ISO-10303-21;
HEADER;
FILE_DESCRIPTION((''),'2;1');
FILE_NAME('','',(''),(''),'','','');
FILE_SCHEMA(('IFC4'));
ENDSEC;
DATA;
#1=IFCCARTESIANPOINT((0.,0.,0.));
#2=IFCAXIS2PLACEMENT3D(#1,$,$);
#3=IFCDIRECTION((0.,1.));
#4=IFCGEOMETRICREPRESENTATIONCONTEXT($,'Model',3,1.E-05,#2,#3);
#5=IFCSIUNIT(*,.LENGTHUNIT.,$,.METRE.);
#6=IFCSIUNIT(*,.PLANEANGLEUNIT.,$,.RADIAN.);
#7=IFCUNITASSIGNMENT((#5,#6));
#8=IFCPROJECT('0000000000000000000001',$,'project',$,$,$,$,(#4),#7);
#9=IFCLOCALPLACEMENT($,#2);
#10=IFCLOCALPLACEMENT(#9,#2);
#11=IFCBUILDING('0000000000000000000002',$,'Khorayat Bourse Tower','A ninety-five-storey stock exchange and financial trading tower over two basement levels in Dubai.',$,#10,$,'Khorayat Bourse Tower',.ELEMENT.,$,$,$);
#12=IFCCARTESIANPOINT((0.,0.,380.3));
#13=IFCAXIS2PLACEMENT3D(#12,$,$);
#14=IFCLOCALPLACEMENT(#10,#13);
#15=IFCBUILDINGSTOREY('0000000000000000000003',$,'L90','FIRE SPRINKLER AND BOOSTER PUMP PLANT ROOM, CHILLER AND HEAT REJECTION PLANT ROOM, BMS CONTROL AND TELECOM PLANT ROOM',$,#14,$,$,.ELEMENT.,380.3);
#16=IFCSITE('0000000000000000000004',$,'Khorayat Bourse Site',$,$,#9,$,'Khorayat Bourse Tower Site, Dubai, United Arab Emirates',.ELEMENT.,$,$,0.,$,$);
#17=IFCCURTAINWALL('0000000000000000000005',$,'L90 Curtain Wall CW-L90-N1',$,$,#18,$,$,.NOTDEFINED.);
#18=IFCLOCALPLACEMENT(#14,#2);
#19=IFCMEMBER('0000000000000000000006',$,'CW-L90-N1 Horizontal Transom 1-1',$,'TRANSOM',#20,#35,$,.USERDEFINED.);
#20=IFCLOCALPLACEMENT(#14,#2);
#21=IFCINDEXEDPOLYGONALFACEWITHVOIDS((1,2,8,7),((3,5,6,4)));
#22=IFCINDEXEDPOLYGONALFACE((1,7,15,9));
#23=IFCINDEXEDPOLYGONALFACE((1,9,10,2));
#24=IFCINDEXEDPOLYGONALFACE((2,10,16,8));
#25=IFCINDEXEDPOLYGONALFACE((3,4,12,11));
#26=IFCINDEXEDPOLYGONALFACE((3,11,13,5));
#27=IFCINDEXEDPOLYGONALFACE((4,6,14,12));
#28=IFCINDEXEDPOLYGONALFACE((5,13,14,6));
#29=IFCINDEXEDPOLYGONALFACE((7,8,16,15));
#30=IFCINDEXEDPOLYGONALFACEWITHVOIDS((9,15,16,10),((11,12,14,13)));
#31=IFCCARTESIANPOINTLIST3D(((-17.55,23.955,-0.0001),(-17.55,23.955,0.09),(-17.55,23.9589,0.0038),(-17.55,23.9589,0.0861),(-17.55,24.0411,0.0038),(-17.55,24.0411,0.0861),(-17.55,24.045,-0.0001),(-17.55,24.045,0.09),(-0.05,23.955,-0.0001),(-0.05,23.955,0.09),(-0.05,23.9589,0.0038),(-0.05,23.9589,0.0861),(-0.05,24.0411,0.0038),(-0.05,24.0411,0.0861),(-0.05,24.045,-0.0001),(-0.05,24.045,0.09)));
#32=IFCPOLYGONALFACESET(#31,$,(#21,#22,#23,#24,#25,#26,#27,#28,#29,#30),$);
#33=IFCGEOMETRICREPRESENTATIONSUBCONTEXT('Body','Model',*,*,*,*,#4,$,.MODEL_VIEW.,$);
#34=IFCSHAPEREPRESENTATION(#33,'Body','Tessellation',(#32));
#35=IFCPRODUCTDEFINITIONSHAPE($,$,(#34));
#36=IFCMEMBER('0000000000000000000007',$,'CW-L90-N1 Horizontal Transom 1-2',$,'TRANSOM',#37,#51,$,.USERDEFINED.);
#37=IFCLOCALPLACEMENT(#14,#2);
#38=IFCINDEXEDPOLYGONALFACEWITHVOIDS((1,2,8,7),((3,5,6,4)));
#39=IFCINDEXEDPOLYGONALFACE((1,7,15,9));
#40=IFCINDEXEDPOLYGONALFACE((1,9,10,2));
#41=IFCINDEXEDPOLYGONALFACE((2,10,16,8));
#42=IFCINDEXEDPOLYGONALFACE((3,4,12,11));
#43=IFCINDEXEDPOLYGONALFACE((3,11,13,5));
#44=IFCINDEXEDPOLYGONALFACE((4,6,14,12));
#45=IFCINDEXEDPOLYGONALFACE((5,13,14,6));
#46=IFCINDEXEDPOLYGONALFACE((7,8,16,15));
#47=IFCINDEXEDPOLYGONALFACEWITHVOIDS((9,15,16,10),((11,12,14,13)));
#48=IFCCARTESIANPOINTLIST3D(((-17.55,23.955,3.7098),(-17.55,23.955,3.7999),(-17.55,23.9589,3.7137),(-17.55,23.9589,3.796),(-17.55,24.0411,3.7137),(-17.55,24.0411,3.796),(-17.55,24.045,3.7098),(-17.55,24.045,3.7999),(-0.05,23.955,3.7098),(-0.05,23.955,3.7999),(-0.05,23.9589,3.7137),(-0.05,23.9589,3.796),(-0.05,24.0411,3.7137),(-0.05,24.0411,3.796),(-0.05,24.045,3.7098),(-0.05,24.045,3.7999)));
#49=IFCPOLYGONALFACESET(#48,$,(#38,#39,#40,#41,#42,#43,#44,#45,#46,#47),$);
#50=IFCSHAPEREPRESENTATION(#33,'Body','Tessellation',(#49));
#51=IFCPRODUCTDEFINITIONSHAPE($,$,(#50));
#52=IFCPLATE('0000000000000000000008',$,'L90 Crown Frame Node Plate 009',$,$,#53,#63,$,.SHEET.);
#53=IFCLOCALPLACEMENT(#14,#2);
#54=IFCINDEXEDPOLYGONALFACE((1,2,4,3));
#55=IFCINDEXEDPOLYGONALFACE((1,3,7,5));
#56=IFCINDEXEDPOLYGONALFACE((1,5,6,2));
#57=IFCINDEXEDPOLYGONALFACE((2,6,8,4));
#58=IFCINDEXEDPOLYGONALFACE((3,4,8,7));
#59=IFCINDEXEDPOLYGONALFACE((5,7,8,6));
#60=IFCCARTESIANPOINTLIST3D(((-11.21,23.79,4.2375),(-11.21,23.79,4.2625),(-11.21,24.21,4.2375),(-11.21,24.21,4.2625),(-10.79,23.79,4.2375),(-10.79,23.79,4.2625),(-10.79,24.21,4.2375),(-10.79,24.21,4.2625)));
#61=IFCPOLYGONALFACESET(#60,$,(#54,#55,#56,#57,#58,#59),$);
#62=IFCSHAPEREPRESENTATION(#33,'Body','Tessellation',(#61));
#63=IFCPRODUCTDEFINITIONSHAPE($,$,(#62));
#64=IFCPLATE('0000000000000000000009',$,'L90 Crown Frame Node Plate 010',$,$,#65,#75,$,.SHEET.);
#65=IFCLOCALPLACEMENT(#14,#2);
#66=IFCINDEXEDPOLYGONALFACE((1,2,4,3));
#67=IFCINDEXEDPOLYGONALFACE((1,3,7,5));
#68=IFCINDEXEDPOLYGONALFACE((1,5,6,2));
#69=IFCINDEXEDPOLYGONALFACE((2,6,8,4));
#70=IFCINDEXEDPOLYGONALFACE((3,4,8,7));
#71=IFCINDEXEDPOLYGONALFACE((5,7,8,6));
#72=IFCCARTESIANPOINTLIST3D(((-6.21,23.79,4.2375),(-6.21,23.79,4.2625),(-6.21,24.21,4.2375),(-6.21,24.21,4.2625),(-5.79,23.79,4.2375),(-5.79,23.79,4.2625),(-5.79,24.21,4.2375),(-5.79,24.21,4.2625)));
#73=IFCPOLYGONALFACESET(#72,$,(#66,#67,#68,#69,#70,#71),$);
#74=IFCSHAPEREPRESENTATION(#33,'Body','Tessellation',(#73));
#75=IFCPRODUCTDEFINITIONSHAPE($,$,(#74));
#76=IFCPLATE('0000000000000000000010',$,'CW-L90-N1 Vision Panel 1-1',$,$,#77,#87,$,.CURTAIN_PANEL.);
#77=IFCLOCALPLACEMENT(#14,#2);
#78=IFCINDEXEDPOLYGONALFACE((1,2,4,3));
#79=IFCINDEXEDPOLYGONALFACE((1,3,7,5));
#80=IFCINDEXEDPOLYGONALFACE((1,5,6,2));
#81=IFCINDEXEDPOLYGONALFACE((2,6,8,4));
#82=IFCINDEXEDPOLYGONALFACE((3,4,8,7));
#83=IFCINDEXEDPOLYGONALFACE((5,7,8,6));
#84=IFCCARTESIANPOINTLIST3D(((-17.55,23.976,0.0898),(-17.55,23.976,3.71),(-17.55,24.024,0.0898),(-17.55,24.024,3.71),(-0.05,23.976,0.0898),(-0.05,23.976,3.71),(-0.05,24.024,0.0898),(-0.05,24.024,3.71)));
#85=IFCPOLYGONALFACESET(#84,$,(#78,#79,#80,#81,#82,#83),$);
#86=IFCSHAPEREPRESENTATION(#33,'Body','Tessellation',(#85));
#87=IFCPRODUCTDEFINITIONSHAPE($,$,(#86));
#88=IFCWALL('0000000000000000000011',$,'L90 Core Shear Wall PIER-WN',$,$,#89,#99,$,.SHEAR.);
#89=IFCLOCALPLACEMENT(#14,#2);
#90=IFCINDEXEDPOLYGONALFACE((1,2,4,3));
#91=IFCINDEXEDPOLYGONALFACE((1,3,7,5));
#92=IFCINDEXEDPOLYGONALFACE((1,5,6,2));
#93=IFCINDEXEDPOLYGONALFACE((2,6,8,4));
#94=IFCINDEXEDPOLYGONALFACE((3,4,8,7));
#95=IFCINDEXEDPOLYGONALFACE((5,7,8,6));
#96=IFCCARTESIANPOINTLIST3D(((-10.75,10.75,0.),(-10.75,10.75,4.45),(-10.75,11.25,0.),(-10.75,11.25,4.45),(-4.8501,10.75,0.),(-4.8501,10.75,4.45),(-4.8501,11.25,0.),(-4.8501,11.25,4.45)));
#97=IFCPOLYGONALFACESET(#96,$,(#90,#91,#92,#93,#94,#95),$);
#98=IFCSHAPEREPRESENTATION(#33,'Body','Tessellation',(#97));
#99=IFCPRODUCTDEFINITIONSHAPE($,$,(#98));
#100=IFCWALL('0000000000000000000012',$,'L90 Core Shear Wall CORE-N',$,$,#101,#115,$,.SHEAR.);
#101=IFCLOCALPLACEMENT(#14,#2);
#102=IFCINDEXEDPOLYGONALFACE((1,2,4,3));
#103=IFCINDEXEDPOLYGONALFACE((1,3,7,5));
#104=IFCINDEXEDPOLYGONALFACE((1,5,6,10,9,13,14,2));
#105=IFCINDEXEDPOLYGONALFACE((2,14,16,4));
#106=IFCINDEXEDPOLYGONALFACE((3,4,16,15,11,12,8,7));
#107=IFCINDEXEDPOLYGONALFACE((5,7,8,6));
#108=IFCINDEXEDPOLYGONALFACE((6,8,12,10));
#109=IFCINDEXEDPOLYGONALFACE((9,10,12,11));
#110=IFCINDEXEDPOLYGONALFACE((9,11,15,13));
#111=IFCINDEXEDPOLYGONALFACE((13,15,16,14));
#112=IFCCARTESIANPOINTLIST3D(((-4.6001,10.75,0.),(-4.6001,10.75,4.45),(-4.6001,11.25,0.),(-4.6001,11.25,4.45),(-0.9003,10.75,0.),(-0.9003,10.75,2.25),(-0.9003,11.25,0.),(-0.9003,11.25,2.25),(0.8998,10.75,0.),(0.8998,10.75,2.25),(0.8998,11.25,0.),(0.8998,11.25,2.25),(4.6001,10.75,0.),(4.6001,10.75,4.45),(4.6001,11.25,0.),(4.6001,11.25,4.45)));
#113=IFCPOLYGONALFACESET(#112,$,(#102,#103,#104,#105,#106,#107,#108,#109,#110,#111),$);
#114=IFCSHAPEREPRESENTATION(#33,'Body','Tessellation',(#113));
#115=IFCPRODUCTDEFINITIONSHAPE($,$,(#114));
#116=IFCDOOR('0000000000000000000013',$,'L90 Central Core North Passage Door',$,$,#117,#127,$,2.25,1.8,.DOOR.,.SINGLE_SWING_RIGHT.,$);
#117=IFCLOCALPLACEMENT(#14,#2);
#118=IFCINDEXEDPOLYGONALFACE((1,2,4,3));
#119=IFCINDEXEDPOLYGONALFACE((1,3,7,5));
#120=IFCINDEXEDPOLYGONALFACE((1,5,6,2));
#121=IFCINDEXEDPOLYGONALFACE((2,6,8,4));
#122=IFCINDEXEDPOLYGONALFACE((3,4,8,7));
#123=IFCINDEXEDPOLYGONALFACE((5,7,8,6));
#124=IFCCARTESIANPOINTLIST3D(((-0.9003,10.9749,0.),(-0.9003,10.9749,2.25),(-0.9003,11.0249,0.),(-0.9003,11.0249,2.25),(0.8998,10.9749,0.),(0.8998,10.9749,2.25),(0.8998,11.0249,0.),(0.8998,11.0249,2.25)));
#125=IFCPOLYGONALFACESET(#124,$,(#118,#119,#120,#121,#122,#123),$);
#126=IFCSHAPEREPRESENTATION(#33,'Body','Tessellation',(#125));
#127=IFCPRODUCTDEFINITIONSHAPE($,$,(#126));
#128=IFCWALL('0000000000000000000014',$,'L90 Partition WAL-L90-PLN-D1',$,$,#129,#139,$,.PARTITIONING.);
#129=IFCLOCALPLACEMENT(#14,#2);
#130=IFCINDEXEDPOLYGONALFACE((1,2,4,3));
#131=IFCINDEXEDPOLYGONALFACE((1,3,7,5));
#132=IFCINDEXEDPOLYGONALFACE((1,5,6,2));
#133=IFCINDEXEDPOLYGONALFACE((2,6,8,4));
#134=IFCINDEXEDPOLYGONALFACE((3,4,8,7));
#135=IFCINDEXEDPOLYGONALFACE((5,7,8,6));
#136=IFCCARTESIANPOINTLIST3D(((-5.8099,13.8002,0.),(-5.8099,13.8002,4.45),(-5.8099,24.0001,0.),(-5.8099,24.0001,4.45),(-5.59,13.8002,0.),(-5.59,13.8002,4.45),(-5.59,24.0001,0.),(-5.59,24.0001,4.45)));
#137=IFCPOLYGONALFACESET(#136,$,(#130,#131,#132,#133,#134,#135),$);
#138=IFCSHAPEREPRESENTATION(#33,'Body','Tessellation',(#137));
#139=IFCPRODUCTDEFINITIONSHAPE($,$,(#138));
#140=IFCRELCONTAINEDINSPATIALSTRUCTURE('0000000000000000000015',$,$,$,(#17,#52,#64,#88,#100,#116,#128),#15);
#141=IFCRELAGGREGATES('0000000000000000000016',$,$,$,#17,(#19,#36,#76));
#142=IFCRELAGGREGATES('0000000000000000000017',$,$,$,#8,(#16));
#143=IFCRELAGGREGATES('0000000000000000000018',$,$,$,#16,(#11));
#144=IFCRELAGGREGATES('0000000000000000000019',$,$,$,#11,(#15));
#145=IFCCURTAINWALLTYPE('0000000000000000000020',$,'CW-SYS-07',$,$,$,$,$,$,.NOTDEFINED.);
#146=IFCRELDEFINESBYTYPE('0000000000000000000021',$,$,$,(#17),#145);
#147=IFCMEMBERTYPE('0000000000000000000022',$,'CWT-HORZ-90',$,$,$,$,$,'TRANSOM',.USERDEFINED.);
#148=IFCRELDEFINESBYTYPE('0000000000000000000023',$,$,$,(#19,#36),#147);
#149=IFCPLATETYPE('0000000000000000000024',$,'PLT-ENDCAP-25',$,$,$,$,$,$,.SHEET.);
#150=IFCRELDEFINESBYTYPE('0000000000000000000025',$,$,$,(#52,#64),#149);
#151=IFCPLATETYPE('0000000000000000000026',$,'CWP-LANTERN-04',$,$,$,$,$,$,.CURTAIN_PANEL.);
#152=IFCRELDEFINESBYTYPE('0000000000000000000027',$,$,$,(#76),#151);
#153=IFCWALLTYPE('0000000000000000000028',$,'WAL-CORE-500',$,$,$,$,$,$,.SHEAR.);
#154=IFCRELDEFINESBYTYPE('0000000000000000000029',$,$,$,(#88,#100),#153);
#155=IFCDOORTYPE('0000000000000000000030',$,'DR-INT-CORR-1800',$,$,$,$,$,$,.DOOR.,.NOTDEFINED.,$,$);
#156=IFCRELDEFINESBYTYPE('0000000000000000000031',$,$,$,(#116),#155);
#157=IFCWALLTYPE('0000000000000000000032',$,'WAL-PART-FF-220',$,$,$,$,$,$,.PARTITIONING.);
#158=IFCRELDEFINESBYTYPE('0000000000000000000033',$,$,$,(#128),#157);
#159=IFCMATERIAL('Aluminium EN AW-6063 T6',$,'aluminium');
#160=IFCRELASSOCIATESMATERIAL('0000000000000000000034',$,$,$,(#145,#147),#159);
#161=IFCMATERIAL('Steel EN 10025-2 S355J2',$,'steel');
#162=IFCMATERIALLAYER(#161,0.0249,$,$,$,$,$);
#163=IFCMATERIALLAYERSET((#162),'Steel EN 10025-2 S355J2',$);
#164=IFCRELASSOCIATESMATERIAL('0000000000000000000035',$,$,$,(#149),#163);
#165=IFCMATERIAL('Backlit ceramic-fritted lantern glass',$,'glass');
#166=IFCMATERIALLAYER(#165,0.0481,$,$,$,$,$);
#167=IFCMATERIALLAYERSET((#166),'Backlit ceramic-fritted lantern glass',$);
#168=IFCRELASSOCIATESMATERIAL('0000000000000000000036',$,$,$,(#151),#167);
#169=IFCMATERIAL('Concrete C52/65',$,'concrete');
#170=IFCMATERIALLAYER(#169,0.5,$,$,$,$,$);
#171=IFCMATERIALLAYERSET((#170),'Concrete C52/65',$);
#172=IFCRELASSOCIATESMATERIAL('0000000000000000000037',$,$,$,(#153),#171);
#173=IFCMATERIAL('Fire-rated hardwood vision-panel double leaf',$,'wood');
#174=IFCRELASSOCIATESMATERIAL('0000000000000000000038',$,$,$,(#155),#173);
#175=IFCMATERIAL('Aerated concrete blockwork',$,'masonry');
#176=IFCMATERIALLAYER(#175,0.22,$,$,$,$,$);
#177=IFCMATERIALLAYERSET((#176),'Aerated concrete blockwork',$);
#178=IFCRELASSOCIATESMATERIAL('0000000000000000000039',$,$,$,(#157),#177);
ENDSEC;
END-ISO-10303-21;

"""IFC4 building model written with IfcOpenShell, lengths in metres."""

from ifc_helpers import new_model, si_unit, direction, frame, frame_2d, origin, origin_2d, place, context, subcontext, project, spatial, rectangle, hollow_rectangle, extrude, source, transform, mapped, material, layer, layer_set, material_profile, profile_set, type_object, element, fill, aggregate, save


model = new_model("IFC4")

# Units and contexts
model_context = context("Model", 3, precision=1e-05, world=origin(), true_north=direction((0.0, 1.0)))
body_context = subcontext(model_context, "Body", "Model", "MODEL_VIEW")
ifc_project = project(units=[si_unit("LENGTHUNIT", "METRE"), si_unit("PLANEANGLEUNIT", "RADIAN")], contexts=[model_context])

# Site, building, storey
site_placement = place(None, origin())
site = spatial("IfcSite", under=ifc_project, at=site_placement, Name="Khorayat Bourse Site", LongName="Khorayat Bourse Tower Site, Dubai, United Arab Emirates", CompositionType="ELEMENT", RefElevation=0.0)
building_placement = place(site_placement, origin())
building = spatial("IfcBuilding", under=site, at=building_placement, Name="Khorayat Bourse Tower", Description="A ninety-five-storey stock exchange and financial trading tower over two basement levels in Dubai.", LongName="Khorayat Bourse Tower", CompositionType="ELEMENT")
storey_placement = place(building_placement, frame((0.0, 0.0, 380.3)))
storey = spatial("IfcBuildingStorey", under=building, at=storey_placement, Name="L90", Description="FIRE SPRINKLER AND BOOSTER PUMP PLANT ROOM, CHILLER AND HEAT REJECTION PLANT ROOM, BMS CONTROL AND TELECOM PLANT ROOM", CompositionType="ELEMENT", Elevation=380.3)

# Shared definitions
ifc_material_1 = material(Name="Concrete C52/65", Category="concrete")
ifc_material_2 = material(Name="Steel EN 10025-2 S355J2", Category="steel")

# Curtain wall, members
ifc_material_3 = material(Name="Aluminium EN AW-6063 T6", Category="aluminium")
curtain_wall_type = type_object("IfcCurtainWallType", Name="CW-SYS-07", PredefinedType="NOTDEFINED", material=ifc_material_3)
curtain_wall_placement = place(storey_placement, origin())
curtain_wall = element("IfcCurtainWall", 1, at=curtain_wall_placement, inside=storey, type_object=curtain_wall_type, Name="L90 Curtain Wall CW-L90-N1", PredefinedType="NOTDEFINED")
ifc_material_profile_1 = material_profile(ifc_material_3, hollow_rectangle(XDim=0.0901, YDim=0.0901, WallThickness=0.0039, at=origin_2d()), Name="ALU 90x90x4")
ifc_profile_set_1 = profile_set([ifc_material_profile_1], Name="Aluminium EN AW-6063 T6")
member_type_1 = type_object("IfcMemberType", Name="CWT-HORZ-90", ElementType="TRANSOM", PredefinedType="USERDEFINED", material=ifc_profile_set_1)
shared_shape_1 = source(origin(), body_context, "Body", "SweptSolid", [
    extrude(hollow_rectangle(XDim=0.0901, YDim=0.0901, WallThickness=0.0039, at=origin_2d()), origin(), (0.0, 0.0, 1.0), 17.5),
])
member_1_placement = place(storey_placement, frame((-17.55, 24.0, 0.0449), z_axis=(1.0, 0.0, 0.0), x_axis=(0.0, 1.0, 0.0)))
member_1 = element("IfcMember", 2, at=member_1_placement, type_object=member_type_1, Name="CW-L90-N1 Horizontal Transom 1-1", ObjectType="TRANSOM", PredefinedType="USERDEFINED", context=body_context, shape_type="MappedRepresentation", body=[
    mapped(shared_shape_1, transform((0.0, 0.0, 0.0), scale=1.0)),
])
member_2_placement = place(storey_placement, frame((-17.55, 24.0, 3.7549), z_axis=(1.0, 0.0, 0.0), x_axis=(0.0, 1.0, 0.0)))
member_2 = element("IfcMember", 3, at=member_2_placement, type_object=member_type_1, Name="CW-L90-N1 Horizontal Transom 1-2", ObjectType="TRANSOM", PredefinedType="USERDEFINED", context=body_context, shape_type="MappedRepresentation", body=[
    mapped(shared_shape_1, transform((0.0, 0.0, 0.0), scale=1.0)),
])

# Plates
ifc_layer_1 = layer(ifc_material_2, 0.0249)
ifc_layer_set_1 = layer_set([ifc_layer_1], Name="Steel EN 10025-2 S355J2")
plate_type_1 = type_object("IfcPlateType", Name="PLT-ENDCAP-25", PredefinedType="SHEET", material=ifc_layer_set_1)
shared_shape_2 = source(origin(), body_context, "Body", "SweptSolid", [
    extrude(rectangle(XDim=0.4199, YDim=0.4199, at=origin_2d()), origin(), (0.0, 0.0, 1.0), 0.0249),
])
for number, where, z_axis, x_axis, name in (
    (4, (-11.0, 24.0, 4.2375), (0.0, 0.0, 1.0), (1.0, 0.0, 0.0), "L90 Crown Frame Node Plate 009"),
    (5, (-6.0, 24.0, 4.2375), (0.0, 0.0, 1.0), (1.0, 0.0, 0.0), "L90 Crown Frame Node Plate 010"),
):
    element("IfcPlate", number, at=place(storey_placement, frame(where, z_axis=z_axis, x_axis=x_axis)), inside=storey, type_object=plate_type_1, Name=name, PredefinedType="SHEET", context=body_context, shape_type="MappedRepresentation", body=[
        mapped(shared_shape_2, transform((0.0, 0.0, 0.0), scale=1.0)),
    ])

# Plate
ifc_material_4 = material(Name="Backlit ceramic-fritted lantern glass", Category="glass")
ifc_layer_2 = layer(ifc_material_4, 0.0481)
ifc_layer_set_2 = layer_set([ifc_layer_2], Name="Backlit ceramic-fritted lantern glass")
plate_type_2 = type_object("IfcPlateType", Name="CWP-LANTERN-04", PredefinedType="CURTAIN_PANEL", material=ifc_layer_set_2)
shared_shape_3 = source(origin(), body_context, "Body", "SweptSolid", [
    extrude(rectangle(XDim=17.5, YDim=0.0481, at=origin_2d()), origin(), (0.0, 0.0, 1.0), 3.6201),
])
plate_placement = place(storey_placement, frame((-8.8, 24.0, 0.0898), z_axis=(0.0, 0.0, 1.0), x_axis=(1.0, 0.0, 0.0)))
plate = element("IfcPlate", 6, at=plate_placement, type_object=plate_type_2, Name="CW-L90-N1 Vision Panel 1-1", PredefinedType="CURTAIN_PANEL", context=body_context, shape_type="MappedRepresentation", body=[
    mapped(shared_shape_3, transform((0.0, 0.0, 0.0), scale=1.0)),
])
aggregate(curtain_wall, [member_1, member_2, plate])

# Wall
ifc_layer_3 = layer(ifc_material_1, 0.5)
ifc_layer_set_3 = layer_set([ifc_layer_3], Name="Concrete C52/65")
wall_type_1 = type_object("IfcWallType", Name="WAL-CORE-500", PredefinedType="SHEAR", material=ifc_layer_set_3)
shared_shape_4 = source(origin(), body_context, "Body", "SweptSolid", [
    extrude(rectangle(XDim=5.8999, YDim=0.5, at=frame_2d((2.95, 0.0))), origin(), (0.0, 0.0, 1.0), 4.45),
])
wall_1_placement = place(storey_placement, frame((-10.75, 11.0, 0.0), z_axis=(0.0, 0.0, 1.0), x_axis=(1.0, 0.0, 0.0)))
element("IfcWall", 7, at=wall_1_placement, inside=storey, type_object=wall_type_1, Name="L90 Core Shear Wall PIER-WN", PredefinedType="SHEAR", context=body_context, shape_type="MappedRepresentation", body=[
    mapped(shared_shape_4, transform((0.0, 0.0, 0.0), scale=1.0)),
])

# Wall, opening, door
shared_shape_5 = source(origin(), body_context, "Body", "SweptSolid", [
    extrude(rectangle(XDim=9.2002, YDim=0.5, at=frame_2d((4.6001, 0.0))), origin(), (0.0, 0.0, 1.0), 4.45),
])
wall_2_placement = place(storey_placement, frame((-4.6001, 11.0, 0.0), z_axis=(0.0, 0.0, 1.0), x_axis=(1.0, 0.0, 0.0)))
wall_2 = element("IfcWall", 8, at=wall_2_placement, inside=storey, type_object=wall_type_1, Name="L90 Core Shear Wall CORE-N", PredefinedType="SHEAR", context=body_context, shape_type="MappedRepresentation", body=[
    mapped(shared_shape_5, transform((0.0, 0.0, 0.0), scale=1.0)),
])
shared_shape_6 = source(origin(), body_context, "Body", "SweptSolid", [
    extrude(rectangle(XDim=1.8, YDim=2.25, at=frame_2d((0.8999, 1.125))), frame((0.0, 0.26, 0.0), z_axis=(0.0, -1.0, 0.0), x_axis=(1.0, 0.0, 0.0)), (0.0, 0.0, 1.0), 0.52),
])
opening_placement = place(wall_2_placement, frame((3.7, 0.0, 0.0)))
opening = element("IfcOpeningElement", 9, at=opening_placement, cuts=wall_2, PredefinedType="OPENING", context=body_context, shape_type="MappedRepresentation", body=[
    mapped(shared_shape_6, transform((0.0, 0.0, 0.0), scale=1.0)),
])
ifc_material_5 = material(Name="Fire-rated hardwood vision-panel double leaf", Category="wood")
door_type = type_object("IfcDoorType", Name="DR-INT-CORR-1800", OperationType="NOTDEFINED", PredefinedType="DOOR", material=ifc_material_5)
shared_shape_7 = source(origin(), body_context, "Body", "SweptSolid", [
    extrude(rectangle(XDim=1.8, YDim=2.25, at=frame_2d((0.8999, 1.125))), frame((0.0, 0.0249, 0.0), z_axis=(0.0, -1.0, 0.0), x_axis=(1.0, 0.0, 0.0)), (0.0, 0.0, 1.0), 0.05),
])
door_placement = place(opening_placement, origin())
door = element("IfcDoor", 10, at=door_placement, inside=storey, type_object=door_type, Name="L90 Central Core North Passage Door", OperationType="SINGLE_SWING_RIGHT", OverallHeight=2.25, OverallWidth=1.8, PredefinedType="DOOR", context=body_context, shape_type="MappedRepresentation", body=[
    mapped(shared_shape_7, transform((0.0, 0.0, 0.0), scale=1.0)),
])
fill(opening, door)

# Wall
ifc_material_6 = material(Name="Aerated concrete blockwork", Category="masonry")
ifc_layer_4 = layer(ifc_material_6, 0.22)
ifc_layer_set_4 = layer_set([ifc_layer_4], Name="Aerated concrete blockwork")
wall_type_2 = type_object("IfcWallType", Name="WAL-PART-FF-220", PredefinedType="PARTITIONING", material=ifc_layer_set_4)
shared_shape_8 = source(origin(), body_context, "Body", "SweptSolid", [
    extrude(rectangle(XDim=10.2, YDim=0.22, at=frame_2d((5.1001, 0.0))), origin(), (0.0, 0.0, 1.0), 4.45),
])
wall_3_placement = place(storey_placement, frame((-5.7, 13.8, 0.0), z_axis=(0.0, 0.0, 1.0), x_axis=(0.0, 1.0, 0.0)))
element("IfcWall", 11, at=wall_3_placement, inside=storey, type_object=wall_type_2, Name="L90 Partition WAL-L90-PLN-D1", PredefinedType="PARTITIONING", context=body_context, shape_type="MappedRepresentation", body=[
    mapped(shared_shape_8, transform((0.0, 0.0, 0.0), scale=1.0)),
])

save(model, "model.ifc")
